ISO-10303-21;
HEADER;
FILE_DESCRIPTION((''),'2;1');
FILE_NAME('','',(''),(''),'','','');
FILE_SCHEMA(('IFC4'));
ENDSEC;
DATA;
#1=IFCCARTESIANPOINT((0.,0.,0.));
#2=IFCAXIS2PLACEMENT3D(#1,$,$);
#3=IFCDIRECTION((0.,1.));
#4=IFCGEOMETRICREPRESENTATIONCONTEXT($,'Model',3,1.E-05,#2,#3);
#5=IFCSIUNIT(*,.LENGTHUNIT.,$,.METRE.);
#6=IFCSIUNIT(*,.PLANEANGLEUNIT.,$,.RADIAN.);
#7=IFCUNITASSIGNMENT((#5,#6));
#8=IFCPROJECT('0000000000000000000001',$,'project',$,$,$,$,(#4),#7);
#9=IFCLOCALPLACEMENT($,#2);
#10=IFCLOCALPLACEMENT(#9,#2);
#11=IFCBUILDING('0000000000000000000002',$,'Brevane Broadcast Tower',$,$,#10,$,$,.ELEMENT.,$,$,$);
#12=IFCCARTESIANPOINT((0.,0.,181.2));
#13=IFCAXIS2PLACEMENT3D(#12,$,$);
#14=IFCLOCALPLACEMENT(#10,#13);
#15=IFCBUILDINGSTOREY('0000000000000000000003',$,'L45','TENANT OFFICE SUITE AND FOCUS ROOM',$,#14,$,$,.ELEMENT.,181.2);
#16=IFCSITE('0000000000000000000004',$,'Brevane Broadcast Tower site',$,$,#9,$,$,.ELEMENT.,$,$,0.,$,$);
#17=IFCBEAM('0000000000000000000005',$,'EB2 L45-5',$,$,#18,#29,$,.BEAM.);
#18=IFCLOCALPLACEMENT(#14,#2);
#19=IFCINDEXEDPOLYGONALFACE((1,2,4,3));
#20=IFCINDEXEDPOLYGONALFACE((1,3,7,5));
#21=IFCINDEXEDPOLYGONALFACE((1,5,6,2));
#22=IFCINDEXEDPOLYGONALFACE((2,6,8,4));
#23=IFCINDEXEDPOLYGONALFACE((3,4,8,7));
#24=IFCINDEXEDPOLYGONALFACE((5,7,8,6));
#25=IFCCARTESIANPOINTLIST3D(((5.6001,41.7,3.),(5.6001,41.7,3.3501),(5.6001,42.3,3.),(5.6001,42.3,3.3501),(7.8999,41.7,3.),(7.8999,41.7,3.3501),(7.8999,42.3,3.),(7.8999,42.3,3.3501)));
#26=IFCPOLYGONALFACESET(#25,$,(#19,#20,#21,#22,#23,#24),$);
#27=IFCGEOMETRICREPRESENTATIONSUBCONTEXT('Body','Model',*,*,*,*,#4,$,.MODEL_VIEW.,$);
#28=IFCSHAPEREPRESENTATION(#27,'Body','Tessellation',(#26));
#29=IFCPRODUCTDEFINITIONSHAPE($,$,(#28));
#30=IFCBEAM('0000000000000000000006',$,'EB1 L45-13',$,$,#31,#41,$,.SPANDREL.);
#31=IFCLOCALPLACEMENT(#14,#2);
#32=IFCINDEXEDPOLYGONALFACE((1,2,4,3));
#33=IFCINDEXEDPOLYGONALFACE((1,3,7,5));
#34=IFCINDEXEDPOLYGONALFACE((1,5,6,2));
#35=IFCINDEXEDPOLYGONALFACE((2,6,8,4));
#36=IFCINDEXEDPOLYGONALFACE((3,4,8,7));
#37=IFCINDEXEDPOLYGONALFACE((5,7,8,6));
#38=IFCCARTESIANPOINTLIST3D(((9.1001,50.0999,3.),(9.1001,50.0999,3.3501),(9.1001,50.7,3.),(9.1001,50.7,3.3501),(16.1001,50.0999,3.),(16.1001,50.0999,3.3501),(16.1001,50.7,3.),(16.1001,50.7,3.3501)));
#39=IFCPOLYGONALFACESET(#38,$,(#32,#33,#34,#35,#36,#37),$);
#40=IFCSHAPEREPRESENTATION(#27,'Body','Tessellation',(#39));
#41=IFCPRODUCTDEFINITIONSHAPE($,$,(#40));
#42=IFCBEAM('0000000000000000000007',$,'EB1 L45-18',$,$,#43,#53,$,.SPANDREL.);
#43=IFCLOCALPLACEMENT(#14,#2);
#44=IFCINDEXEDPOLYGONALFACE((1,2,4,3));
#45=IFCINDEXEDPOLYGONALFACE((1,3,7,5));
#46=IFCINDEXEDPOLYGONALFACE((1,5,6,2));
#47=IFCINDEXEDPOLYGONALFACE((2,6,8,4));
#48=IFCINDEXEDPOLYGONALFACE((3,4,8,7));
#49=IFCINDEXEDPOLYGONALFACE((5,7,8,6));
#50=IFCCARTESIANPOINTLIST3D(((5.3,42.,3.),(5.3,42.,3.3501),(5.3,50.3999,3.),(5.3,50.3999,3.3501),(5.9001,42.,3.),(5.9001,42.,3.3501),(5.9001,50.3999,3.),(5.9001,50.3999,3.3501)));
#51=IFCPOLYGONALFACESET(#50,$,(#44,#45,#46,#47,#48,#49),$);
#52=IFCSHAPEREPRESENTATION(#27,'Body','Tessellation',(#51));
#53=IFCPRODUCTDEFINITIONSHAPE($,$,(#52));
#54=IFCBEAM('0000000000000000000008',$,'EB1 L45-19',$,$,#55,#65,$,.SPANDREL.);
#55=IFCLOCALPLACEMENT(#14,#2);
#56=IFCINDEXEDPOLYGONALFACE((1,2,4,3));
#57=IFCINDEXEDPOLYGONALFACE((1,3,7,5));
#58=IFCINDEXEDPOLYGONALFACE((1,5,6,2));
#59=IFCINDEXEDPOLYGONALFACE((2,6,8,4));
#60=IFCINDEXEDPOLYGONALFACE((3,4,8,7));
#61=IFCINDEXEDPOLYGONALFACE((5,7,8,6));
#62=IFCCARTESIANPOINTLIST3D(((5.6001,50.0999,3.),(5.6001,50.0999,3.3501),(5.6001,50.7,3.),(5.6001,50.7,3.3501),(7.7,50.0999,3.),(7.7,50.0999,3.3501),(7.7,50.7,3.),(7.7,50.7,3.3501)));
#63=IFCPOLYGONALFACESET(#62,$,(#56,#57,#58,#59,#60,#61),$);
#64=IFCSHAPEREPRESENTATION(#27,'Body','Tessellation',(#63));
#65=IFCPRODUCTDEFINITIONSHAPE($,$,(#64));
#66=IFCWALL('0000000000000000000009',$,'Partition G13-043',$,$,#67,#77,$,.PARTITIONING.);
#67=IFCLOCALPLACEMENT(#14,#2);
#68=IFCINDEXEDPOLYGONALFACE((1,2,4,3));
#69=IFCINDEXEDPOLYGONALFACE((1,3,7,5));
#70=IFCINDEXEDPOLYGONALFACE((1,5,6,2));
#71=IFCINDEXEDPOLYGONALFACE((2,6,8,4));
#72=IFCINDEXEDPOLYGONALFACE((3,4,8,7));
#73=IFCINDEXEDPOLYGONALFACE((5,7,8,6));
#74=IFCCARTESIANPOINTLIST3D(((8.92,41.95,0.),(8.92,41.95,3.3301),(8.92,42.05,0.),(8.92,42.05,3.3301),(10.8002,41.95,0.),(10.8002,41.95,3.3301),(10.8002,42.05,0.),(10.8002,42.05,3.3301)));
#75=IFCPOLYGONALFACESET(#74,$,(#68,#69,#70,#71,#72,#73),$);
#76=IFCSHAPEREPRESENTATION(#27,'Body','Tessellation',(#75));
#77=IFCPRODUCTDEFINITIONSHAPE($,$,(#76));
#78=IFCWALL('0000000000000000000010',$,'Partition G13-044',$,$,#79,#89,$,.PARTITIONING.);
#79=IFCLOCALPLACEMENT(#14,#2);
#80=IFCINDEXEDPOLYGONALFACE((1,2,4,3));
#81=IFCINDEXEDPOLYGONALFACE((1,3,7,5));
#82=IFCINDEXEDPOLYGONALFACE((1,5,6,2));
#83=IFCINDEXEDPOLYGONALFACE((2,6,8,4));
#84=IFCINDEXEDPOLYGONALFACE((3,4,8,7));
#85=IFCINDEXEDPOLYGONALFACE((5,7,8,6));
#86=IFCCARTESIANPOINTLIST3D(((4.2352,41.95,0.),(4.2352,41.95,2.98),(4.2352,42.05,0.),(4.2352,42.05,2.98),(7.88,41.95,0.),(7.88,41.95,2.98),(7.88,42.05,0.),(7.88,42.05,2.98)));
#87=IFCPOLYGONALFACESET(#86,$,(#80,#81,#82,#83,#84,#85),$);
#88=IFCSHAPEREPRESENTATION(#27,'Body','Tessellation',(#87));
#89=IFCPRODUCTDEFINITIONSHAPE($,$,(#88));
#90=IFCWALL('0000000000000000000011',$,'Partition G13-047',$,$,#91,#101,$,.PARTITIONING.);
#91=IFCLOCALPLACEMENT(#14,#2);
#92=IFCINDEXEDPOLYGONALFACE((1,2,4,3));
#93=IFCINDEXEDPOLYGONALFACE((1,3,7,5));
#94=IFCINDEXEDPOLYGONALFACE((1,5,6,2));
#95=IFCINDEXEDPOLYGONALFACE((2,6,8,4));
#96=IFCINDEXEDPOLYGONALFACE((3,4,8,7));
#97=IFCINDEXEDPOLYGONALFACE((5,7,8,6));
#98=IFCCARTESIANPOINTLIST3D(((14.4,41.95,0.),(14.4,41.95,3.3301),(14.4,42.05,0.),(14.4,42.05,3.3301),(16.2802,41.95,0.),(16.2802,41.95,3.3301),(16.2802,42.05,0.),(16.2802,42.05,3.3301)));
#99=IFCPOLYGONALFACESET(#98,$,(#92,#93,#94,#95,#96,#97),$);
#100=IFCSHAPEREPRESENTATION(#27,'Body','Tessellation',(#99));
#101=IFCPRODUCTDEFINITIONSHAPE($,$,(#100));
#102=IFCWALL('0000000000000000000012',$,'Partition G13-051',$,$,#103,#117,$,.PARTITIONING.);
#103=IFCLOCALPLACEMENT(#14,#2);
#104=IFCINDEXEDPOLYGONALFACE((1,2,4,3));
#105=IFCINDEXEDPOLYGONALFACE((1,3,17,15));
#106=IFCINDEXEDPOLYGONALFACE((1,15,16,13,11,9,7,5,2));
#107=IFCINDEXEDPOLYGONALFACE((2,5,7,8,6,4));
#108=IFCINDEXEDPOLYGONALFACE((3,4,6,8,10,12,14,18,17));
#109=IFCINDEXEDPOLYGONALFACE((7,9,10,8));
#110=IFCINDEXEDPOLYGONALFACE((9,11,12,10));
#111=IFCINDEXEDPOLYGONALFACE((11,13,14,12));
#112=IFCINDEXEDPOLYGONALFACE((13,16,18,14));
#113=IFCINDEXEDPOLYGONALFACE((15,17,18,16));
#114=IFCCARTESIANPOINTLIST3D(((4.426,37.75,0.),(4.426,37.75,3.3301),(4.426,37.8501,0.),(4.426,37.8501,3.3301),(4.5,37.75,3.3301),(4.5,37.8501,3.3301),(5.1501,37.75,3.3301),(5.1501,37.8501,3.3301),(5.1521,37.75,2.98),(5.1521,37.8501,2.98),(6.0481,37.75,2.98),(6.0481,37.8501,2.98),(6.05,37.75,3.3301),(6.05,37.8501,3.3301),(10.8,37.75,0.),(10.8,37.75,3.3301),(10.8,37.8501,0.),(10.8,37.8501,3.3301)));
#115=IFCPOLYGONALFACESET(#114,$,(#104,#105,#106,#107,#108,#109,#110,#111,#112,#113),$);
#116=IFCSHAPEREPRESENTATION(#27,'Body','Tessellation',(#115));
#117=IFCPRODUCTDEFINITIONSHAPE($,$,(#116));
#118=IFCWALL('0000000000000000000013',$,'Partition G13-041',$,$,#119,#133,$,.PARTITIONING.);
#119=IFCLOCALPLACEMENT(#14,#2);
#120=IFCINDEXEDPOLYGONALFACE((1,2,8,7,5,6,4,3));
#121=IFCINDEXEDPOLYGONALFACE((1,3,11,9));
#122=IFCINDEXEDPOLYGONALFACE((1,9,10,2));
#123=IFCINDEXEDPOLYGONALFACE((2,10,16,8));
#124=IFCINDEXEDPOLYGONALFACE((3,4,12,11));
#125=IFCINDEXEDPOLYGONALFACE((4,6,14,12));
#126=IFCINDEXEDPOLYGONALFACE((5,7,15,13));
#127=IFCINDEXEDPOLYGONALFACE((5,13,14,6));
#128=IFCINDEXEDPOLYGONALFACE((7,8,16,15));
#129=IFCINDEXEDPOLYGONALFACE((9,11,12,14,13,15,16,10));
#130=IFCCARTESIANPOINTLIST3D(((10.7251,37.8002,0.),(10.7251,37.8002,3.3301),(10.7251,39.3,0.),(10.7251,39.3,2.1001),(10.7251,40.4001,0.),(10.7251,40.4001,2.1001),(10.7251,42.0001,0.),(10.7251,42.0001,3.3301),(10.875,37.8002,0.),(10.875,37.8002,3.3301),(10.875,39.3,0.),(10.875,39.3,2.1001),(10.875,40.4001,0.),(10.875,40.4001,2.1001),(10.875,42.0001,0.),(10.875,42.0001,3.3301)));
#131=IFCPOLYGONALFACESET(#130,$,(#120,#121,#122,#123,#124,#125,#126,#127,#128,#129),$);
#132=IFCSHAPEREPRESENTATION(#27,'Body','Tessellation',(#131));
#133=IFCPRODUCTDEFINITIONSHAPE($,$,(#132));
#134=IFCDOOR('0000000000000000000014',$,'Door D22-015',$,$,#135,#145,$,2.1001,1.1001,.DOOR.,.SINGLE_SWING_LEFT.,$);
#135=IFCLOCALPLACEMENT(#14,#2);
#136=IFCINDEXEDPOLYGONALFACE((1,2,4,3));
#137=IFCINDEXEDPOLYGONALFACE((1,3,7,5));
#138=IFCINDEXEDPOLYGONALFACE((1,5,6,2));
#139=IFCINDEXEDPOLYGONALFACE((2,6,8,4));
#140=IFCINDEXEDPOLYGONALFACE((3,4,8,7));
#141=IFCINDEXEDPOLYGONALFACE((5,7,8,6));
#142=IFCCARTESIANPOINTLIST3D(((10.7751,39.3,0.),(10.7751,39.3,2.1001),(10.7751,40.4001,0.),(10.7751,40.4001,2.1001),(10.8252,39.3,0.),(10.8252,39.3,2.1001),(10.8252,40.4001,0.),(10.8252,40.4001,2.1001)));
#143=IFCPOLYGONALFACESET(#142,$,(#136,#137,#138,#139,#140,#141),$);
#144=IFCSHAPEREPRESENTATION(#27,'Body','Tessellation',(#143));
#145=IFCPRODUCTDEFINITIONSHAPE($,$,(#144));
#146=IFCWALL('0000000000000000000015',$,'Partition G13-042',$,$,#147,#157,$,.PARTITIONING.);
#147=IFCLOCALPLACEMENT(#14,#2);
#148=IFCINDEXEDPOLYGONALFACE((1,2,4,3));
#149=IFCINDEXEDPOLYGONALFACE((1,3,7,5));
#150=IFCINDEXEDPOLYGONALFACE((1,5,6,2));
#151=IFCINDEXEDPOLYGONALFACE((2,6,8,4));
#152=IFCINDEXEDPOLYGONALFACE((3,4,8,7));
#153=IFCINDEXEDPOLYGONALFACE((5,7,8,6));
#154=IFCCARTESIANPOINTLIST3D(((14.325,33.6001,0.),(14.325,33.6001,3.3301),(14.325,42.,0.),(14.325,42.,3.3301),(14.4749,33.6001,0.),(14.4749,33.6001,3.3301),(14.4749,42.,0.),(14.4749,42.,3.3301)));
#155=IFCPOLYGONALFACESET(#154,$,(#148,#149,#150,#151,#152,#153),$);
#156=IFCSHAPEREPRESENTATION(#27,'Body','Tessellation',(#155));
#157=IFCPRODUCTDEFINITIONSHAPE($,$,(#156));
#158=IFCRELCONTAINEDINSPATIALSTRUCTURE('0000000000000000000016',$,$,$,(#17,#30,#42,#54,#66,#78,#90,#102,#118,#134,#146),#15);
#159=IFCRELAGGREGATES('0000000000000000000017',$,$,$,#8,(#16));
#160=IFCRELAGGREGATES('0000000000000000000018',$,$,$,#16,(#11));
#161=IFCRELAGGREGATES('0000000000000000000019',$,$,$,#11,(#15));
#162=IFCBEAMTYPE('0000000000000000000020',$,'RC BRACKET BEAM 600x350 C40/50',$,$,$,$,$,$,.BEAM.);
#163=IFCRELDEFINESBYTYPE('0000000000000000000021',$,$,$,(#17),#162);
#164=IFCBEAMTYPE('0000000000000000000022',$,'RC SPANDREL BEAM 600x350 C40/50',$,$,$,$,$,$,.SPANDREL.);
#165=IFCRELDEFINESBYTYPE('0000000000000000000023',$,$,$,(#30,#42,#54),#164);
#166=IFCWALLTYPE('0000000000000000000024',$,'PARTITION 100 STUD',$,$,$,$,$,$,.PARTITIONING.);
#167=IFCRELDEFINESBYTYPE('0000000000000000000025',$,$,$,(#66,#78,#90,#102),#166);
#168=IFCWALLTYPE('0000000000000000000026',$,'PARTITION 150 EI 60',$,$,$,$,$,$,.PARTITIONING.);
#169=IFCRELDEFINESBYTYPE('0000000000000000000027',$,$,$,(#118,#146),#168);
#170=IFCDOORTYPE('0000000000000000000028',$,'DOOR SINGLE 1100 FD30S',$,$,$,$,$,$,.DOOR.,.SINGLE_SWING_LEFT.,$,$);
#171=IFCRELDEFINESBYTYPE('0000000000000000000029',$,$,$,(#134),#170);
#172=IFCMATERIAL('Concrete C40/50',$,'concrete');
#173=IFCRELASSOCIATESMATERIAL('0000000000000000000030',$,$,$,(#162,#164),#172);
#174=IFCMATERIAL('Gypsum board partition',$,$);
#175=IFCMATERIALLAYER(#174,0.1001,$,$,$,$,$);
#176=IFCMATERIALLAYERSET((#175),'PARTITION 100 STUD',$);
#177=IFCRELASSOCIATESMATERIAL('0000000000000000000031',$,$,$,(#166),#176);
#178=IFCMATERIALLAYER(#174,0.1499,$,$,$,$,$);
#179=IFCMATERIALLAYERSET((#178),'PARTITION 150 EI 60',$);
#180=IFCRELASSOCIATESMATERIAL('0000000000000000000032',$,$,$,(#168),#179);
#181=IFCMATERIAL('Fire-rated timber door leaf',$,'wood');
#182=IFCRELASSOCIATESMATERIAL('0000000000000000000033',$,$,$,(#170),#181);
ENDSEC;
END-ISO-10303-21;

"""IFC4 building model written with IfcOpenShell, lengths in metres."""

from ifc_helpers import new_model, si_unit, direction, frame, frame_2d, origin, origin_2d, place, context, subcontext, project, spatial, polyline, rectangle, outline, extrude, material, layer, layer_set, material_profile, profile_set, type_object, element, fill, save


model = new_model("IFC4")

# Units and contexts
model_context = context("Model", 3, precision=1e-05, world=origin(), true_north=direction((0.0, 1.0)))
body_context = subcontext(model_context, "Body", "Model", "MODEL_VIEW")
ifc_project = project(units=[si_unit("LENGTHUNIT", "METRE"), si_unit("PLANEANGLEUNIT", "RADIAN")], contexts=[model_context])

# Site, building, storey
site_placement = place(None, origin())
site = spatial("IfcSite", under=ifc_project, at=site_placement, Name="Brevane Broadcast Tower site", CompositionType="ELEMENT", RefElevation=0.0)
building_placement = place(site_placement, origin())
building = spatial("IfcBuilding", under=site, at=building_placement, Name="Brevane Broadcast Tower", CompositionType="ELEMENT")
storey_placement = place(building_placement, frame((0.0, 0.0, 181.2)))
storey = spatial("IfcBuildingStorey", under=building, at=storey_placement, Name="L45", Description="TENANT OFFICE SUITE AND FOCUS ROOM", CompositionType="ELEMENT", Elevation=181.2)

# Beams
ifc_material_1 = material(Name="Concrete C40/50", Category="concrete")
ifc_material_profile_1 = material_profile(ifc_material_1, rectangle(XDim=0.6001, YDim=0.3501, at=origin_2d()), Name="RC 600x350")
ifc_profile_set_1 = profile_set([ifc_material_profile_1], Name="Concrete C40/50")
beam_type_1 = type_object("IfcBeamType", Name="RC BRACKET BEAM 600x350 C40/50", PredefinedType="BEAM", material=ifc_profile_set_1)
beam_1_placement = place(storey_placement, frame((7.8999, 42.0, 3.175), z_axis=(-1.0, 0.0, 0.0), x_axis=(0.0, -1.0, 0.0)))
element("IfcBeam", 1, at=beam_1_placement, inside=storey, type_object=beam_type_1, Name="EB2 L45-5", PredefinedType="BEAM", context=body_context, shape_type="SweptSolid", body=[
    extrude(rectangle(XDim=0.6001, YDim=0.3501, at=origin_2d()), origin(), (0.0, 0.0, 1.0), 2.2998),
])
ifc_material_profile_2 = material_profile(ifc_material_1, rectangle(XDim=0.6001, YDim=0.3501, at=origin_2d()), Name="RC 600x350")
ifc_profile_set_2 = profile_set([ifc_material_profile_2], Name="Concrete C40/50")
beam_type_2 = type_object("IfcBeamType", Name="RC SPANDREL BEAM 600x350 C40/50", PredefinedType="SPANDREL", material=ifc_profile_set_2)
beam_2_placement = place(storey_placement, frame((16.1001, 50.3999, 3.175), z_axis=(-1.0, 0.0, 0.0), x_axis=(0.0, -1.0, 0.0)))
element("IfcBeam", 2, at=beam_2_placement, inside=storey, type_object=beam_type_2, Name="EB1 L45-13", PredefinedType="SPANDREL", context=body_context, shape_type="SweptSolid", body=[
    extrude(rectangle(XDim=0.6001, YDim=0.3501, at=origin_2d()), origin(), (0.0, 0.0, 1.0), 7.0),
])
beam_3_placement = place(storey_placement, frame((5.6001, 42.0, 3.175), z_axis=(0.0, 1.0, 0.0), x_axis=(-1.0, 0.0, 0.0)))
element("IfcBeam", 3, at=beam_3_placement, inside=storey, type_object=beam_type_2, Name="EB1 L45-18", PredefinedType="SPANDREL", context=body_context, shape_type="SweptSolid", body=[
    extrude(rectangle(XDim=0.6001, YDim=0.3501, at=origin_2d()), origin(), (0.0, 0.0, 1.0), 8.3999),
])
beam_4_placement = place(storey_placement, frame((5.6001, 50.3999, 3.175), z_axis=(1.0, 0.0, 0.0), x_axis=(0.0, 1.0, 0.0)))
element("IfcBeam", 4, at=beam_4_placement, inside=storey, type_object=beam_type_2, Name="EB1 L45-19", PredefinedType="SPANDREL", context=body_context, shape_type="SweptSolid", body=[
    extrude(rectangle(XDim=0.6001, YDim=0.3501, at=origin_2d()), origin(), (0.0, 0.0, 1.0), 2.0999),
])

# Walls
ifc_material_2 = material(Name="Gypsum board partition")
ifc_layer_1 = layer(ifc_material_2, 0.1001)
ifc_layer_set_1 = layer_set([ifc_layer_1], Name="PARTITION 100 STUD")
wall_type_1 = type_object("IfcWallType", Name="PARTITION 100 STUD", PredefinedType="PARTITIONING", material=ifc_layer_set_1)
wall_1_placement = place(storey_placement, frame((10.8, 42.0, 0.0), z_axis=(0.0, 0.0, 1.0), x_axis=(-1.0, 0.0, 0.0)))
element("IfcWall", 5, at=wall_1_placement, inside=storey, type_object=wall_type_1, Name="Partition G13-043", PredefinedType="PARTITIONING", context=body_context, shape_type="SweptSolid", body=[
    extrude(rectangle(XDim=1.8801, YDim=0.1001, at=frame_2d((0.9399, 0.0))), origin(), (0.0, 0.0, 1.0), 3.3301),
])
wall_2_placement = place(storey_placement, frame((7.8799, 42.0, 0.0), z_axis=(0.0, 0.0, 1.0), x_axis=(-1.0, 0.0, 0.0)))
element("IfcWall", 6, at=wall_2_placement, inside=storey, type_object=wall_type_1, Name="Partition G13-044", PredefinedType="PARTITIONING", context=body_context, shape_type="SweptSolid", body=[
    extrude(rectangle(XDim=3.6448, YDim=0.1001, at=frame_2d((1.8223, 0.0))), origin(), (0.0, 0.0, 1.0), 2.98),
])
wall_3_placement = place(storey_placement, frame((16.28, 42.0, 0.0), z_axis=(0.0, 0.0, 1.0), x_axis=(-1.0, 0.0, 0.0)))
element("IfcWall", 7, at=wall_3_placement, inside=storey, type_object=wall_type_1, Name="Partition G13-047", PredefinedType="PARTITIONING", context=body_context, shape_type="SweptSolid", body=[
    extrude(rectangle(XDim=1.8801, YDim=0.1001, at=frame_2d((0.9399, 0.0))), origin(), (0.0, 0.0, 1.0), 3.3301),
])
wall_4_placement = place(storey_placement, frame((4.426, 37.8, 0.0), z_axis=(0.0, 0.0, 1.0), x_axis=(1.0, 0.0, 0.0)))
element("IfcWall", 8, at=wall_4_placement, inside=storey, type_object=wall_type_1, Name="Partition G13-051", PredefinedType="PARTITIONING", context=body_context, shape_type="SweptSolid", body=[
    extrude(outline(polyline([(0.0, 0.0), (6.374, 0.0), (6.374, 3.3301), (1.624, 3.3301), (1.6221, 2.98), (0.7261, 2.98), (0.7241, 3.3301), (0.074, 3.3301), (0.0, 3.3301), (0.0, 0.0)])), frame((0.0, 0.05, 0.0), z_axis=(0.0, -1.0, 0.0), x_axis=(1.0, 0.0, 0.0)), (0.0, 0.0, 1.0), 0.1001),
])

# Wall, opening, door
ifc_layer_2 = layer(ifc_material_2, 0.1499)
ifc_layer_set_2 = layer_set([ifc_layer_2], Name="PARTITION 150 EI 60")
wall_type_2 = type_object("IfcWallType", Name="PARTITION 150 EI 60", PredefinedType="PARTITIONING", material=ifc_layer_set_2)
ifc_material_3 = material(Name="Fire-rated timber door leaf", Category="wood")
wall_5_placement = place(storey_placement, frame((10.8, 37.8, 0.0), z_axis=(0.0, 0.0, 1.0), x_axis=(0.0, 1.0, 0.0)))
wall_5 = element("IfcWall", 9, at=wall_5_placement, inside=storey, type_object=wall_type_2, Name="Partition G13-041", PredefinedType="PARTITIONING", context=body_context, shape_type="SweptSolid", body=[
    extrude(rectangle(XDim=4.2, YDim=0.1499, at=frame_2d((2.1001, 0.0))), origin(), (0.0, 0.0, 1.0), 3.3301),
])
opening_1_placement = place(wall_5_placement, frame((1.5, 0.0, 0.0)))
opening_1 = element("IfcOpeningElement", 10, at=opening_1_placement, cuts=wall_5, PredefinedType="OPENING", context=body_context, shape_type="SweptSolid", body=[
    extrude(rectangle(XDim=1.1001, YDim=2.1001, at=frame_2d((0.55, 1.05))), frame((0.0, 0.085, 0.0), z_axis=(0.0, -1.0, 0.0), x_axis=(1.0, 0.0, 0.0)), (0.0, 0.0, 1.0), 0.1699),
])
door_type_1 = type_object("IfcDoorType", Name="DOOR SINGLE 1100 FD30S", OperationType="SINGLE_SWING_LEFT", PredefinedType="DOOR", material=ifc_material_3)
door_1_placement = place(opening_1_placement, origin())
door_1 = element("IfcDoor", 11, at=door_1_placement, inside=storey, type_object=door_type_1, Name="Door D22-015", OperationType="SINGLE_SWING_LEFT", OverallHeight=2.1001, OverallWidth=1.1001, PredefinedType="DOOR", context=body_context, shape_type="SweptSolid", body=[
    extrude(rectangle(XDim=1.1001, YDim=2.1001, at=frame_2d((0.55, 1.05))), frame((0.0, 0.0249, 0.0), z_axis=(0.0, -1.0, 0.0), x_axis=(1.0, 0.0, 0.0)), (0.0, 0.0, 1.0), 0.05),
])
fill(opening_1, door_1)

# Wall
wall_6_placement = place(storey_placement, frame((14.3999, 42.0, 0.0), z_axis=(0.0, 0.0, 1.0), x_axis=(0.0, -1.0, 0.0)))
element("IfcWall", 12, at=wall_6_placement, inside=storey, type_object=wall_type_2, Name="Partition G13-042", PredefinedType="PARTITIONING", context=body_context, shape_type="SweptSolid", body=[
    extrude(rectangle(XDim=8.3999, YDim=0.1499, at=frame_2d((4.2, 0.0))), origin(), (0.0, 0.0, 1.0), 3.3301),
])

save(model, "model.ifc")
